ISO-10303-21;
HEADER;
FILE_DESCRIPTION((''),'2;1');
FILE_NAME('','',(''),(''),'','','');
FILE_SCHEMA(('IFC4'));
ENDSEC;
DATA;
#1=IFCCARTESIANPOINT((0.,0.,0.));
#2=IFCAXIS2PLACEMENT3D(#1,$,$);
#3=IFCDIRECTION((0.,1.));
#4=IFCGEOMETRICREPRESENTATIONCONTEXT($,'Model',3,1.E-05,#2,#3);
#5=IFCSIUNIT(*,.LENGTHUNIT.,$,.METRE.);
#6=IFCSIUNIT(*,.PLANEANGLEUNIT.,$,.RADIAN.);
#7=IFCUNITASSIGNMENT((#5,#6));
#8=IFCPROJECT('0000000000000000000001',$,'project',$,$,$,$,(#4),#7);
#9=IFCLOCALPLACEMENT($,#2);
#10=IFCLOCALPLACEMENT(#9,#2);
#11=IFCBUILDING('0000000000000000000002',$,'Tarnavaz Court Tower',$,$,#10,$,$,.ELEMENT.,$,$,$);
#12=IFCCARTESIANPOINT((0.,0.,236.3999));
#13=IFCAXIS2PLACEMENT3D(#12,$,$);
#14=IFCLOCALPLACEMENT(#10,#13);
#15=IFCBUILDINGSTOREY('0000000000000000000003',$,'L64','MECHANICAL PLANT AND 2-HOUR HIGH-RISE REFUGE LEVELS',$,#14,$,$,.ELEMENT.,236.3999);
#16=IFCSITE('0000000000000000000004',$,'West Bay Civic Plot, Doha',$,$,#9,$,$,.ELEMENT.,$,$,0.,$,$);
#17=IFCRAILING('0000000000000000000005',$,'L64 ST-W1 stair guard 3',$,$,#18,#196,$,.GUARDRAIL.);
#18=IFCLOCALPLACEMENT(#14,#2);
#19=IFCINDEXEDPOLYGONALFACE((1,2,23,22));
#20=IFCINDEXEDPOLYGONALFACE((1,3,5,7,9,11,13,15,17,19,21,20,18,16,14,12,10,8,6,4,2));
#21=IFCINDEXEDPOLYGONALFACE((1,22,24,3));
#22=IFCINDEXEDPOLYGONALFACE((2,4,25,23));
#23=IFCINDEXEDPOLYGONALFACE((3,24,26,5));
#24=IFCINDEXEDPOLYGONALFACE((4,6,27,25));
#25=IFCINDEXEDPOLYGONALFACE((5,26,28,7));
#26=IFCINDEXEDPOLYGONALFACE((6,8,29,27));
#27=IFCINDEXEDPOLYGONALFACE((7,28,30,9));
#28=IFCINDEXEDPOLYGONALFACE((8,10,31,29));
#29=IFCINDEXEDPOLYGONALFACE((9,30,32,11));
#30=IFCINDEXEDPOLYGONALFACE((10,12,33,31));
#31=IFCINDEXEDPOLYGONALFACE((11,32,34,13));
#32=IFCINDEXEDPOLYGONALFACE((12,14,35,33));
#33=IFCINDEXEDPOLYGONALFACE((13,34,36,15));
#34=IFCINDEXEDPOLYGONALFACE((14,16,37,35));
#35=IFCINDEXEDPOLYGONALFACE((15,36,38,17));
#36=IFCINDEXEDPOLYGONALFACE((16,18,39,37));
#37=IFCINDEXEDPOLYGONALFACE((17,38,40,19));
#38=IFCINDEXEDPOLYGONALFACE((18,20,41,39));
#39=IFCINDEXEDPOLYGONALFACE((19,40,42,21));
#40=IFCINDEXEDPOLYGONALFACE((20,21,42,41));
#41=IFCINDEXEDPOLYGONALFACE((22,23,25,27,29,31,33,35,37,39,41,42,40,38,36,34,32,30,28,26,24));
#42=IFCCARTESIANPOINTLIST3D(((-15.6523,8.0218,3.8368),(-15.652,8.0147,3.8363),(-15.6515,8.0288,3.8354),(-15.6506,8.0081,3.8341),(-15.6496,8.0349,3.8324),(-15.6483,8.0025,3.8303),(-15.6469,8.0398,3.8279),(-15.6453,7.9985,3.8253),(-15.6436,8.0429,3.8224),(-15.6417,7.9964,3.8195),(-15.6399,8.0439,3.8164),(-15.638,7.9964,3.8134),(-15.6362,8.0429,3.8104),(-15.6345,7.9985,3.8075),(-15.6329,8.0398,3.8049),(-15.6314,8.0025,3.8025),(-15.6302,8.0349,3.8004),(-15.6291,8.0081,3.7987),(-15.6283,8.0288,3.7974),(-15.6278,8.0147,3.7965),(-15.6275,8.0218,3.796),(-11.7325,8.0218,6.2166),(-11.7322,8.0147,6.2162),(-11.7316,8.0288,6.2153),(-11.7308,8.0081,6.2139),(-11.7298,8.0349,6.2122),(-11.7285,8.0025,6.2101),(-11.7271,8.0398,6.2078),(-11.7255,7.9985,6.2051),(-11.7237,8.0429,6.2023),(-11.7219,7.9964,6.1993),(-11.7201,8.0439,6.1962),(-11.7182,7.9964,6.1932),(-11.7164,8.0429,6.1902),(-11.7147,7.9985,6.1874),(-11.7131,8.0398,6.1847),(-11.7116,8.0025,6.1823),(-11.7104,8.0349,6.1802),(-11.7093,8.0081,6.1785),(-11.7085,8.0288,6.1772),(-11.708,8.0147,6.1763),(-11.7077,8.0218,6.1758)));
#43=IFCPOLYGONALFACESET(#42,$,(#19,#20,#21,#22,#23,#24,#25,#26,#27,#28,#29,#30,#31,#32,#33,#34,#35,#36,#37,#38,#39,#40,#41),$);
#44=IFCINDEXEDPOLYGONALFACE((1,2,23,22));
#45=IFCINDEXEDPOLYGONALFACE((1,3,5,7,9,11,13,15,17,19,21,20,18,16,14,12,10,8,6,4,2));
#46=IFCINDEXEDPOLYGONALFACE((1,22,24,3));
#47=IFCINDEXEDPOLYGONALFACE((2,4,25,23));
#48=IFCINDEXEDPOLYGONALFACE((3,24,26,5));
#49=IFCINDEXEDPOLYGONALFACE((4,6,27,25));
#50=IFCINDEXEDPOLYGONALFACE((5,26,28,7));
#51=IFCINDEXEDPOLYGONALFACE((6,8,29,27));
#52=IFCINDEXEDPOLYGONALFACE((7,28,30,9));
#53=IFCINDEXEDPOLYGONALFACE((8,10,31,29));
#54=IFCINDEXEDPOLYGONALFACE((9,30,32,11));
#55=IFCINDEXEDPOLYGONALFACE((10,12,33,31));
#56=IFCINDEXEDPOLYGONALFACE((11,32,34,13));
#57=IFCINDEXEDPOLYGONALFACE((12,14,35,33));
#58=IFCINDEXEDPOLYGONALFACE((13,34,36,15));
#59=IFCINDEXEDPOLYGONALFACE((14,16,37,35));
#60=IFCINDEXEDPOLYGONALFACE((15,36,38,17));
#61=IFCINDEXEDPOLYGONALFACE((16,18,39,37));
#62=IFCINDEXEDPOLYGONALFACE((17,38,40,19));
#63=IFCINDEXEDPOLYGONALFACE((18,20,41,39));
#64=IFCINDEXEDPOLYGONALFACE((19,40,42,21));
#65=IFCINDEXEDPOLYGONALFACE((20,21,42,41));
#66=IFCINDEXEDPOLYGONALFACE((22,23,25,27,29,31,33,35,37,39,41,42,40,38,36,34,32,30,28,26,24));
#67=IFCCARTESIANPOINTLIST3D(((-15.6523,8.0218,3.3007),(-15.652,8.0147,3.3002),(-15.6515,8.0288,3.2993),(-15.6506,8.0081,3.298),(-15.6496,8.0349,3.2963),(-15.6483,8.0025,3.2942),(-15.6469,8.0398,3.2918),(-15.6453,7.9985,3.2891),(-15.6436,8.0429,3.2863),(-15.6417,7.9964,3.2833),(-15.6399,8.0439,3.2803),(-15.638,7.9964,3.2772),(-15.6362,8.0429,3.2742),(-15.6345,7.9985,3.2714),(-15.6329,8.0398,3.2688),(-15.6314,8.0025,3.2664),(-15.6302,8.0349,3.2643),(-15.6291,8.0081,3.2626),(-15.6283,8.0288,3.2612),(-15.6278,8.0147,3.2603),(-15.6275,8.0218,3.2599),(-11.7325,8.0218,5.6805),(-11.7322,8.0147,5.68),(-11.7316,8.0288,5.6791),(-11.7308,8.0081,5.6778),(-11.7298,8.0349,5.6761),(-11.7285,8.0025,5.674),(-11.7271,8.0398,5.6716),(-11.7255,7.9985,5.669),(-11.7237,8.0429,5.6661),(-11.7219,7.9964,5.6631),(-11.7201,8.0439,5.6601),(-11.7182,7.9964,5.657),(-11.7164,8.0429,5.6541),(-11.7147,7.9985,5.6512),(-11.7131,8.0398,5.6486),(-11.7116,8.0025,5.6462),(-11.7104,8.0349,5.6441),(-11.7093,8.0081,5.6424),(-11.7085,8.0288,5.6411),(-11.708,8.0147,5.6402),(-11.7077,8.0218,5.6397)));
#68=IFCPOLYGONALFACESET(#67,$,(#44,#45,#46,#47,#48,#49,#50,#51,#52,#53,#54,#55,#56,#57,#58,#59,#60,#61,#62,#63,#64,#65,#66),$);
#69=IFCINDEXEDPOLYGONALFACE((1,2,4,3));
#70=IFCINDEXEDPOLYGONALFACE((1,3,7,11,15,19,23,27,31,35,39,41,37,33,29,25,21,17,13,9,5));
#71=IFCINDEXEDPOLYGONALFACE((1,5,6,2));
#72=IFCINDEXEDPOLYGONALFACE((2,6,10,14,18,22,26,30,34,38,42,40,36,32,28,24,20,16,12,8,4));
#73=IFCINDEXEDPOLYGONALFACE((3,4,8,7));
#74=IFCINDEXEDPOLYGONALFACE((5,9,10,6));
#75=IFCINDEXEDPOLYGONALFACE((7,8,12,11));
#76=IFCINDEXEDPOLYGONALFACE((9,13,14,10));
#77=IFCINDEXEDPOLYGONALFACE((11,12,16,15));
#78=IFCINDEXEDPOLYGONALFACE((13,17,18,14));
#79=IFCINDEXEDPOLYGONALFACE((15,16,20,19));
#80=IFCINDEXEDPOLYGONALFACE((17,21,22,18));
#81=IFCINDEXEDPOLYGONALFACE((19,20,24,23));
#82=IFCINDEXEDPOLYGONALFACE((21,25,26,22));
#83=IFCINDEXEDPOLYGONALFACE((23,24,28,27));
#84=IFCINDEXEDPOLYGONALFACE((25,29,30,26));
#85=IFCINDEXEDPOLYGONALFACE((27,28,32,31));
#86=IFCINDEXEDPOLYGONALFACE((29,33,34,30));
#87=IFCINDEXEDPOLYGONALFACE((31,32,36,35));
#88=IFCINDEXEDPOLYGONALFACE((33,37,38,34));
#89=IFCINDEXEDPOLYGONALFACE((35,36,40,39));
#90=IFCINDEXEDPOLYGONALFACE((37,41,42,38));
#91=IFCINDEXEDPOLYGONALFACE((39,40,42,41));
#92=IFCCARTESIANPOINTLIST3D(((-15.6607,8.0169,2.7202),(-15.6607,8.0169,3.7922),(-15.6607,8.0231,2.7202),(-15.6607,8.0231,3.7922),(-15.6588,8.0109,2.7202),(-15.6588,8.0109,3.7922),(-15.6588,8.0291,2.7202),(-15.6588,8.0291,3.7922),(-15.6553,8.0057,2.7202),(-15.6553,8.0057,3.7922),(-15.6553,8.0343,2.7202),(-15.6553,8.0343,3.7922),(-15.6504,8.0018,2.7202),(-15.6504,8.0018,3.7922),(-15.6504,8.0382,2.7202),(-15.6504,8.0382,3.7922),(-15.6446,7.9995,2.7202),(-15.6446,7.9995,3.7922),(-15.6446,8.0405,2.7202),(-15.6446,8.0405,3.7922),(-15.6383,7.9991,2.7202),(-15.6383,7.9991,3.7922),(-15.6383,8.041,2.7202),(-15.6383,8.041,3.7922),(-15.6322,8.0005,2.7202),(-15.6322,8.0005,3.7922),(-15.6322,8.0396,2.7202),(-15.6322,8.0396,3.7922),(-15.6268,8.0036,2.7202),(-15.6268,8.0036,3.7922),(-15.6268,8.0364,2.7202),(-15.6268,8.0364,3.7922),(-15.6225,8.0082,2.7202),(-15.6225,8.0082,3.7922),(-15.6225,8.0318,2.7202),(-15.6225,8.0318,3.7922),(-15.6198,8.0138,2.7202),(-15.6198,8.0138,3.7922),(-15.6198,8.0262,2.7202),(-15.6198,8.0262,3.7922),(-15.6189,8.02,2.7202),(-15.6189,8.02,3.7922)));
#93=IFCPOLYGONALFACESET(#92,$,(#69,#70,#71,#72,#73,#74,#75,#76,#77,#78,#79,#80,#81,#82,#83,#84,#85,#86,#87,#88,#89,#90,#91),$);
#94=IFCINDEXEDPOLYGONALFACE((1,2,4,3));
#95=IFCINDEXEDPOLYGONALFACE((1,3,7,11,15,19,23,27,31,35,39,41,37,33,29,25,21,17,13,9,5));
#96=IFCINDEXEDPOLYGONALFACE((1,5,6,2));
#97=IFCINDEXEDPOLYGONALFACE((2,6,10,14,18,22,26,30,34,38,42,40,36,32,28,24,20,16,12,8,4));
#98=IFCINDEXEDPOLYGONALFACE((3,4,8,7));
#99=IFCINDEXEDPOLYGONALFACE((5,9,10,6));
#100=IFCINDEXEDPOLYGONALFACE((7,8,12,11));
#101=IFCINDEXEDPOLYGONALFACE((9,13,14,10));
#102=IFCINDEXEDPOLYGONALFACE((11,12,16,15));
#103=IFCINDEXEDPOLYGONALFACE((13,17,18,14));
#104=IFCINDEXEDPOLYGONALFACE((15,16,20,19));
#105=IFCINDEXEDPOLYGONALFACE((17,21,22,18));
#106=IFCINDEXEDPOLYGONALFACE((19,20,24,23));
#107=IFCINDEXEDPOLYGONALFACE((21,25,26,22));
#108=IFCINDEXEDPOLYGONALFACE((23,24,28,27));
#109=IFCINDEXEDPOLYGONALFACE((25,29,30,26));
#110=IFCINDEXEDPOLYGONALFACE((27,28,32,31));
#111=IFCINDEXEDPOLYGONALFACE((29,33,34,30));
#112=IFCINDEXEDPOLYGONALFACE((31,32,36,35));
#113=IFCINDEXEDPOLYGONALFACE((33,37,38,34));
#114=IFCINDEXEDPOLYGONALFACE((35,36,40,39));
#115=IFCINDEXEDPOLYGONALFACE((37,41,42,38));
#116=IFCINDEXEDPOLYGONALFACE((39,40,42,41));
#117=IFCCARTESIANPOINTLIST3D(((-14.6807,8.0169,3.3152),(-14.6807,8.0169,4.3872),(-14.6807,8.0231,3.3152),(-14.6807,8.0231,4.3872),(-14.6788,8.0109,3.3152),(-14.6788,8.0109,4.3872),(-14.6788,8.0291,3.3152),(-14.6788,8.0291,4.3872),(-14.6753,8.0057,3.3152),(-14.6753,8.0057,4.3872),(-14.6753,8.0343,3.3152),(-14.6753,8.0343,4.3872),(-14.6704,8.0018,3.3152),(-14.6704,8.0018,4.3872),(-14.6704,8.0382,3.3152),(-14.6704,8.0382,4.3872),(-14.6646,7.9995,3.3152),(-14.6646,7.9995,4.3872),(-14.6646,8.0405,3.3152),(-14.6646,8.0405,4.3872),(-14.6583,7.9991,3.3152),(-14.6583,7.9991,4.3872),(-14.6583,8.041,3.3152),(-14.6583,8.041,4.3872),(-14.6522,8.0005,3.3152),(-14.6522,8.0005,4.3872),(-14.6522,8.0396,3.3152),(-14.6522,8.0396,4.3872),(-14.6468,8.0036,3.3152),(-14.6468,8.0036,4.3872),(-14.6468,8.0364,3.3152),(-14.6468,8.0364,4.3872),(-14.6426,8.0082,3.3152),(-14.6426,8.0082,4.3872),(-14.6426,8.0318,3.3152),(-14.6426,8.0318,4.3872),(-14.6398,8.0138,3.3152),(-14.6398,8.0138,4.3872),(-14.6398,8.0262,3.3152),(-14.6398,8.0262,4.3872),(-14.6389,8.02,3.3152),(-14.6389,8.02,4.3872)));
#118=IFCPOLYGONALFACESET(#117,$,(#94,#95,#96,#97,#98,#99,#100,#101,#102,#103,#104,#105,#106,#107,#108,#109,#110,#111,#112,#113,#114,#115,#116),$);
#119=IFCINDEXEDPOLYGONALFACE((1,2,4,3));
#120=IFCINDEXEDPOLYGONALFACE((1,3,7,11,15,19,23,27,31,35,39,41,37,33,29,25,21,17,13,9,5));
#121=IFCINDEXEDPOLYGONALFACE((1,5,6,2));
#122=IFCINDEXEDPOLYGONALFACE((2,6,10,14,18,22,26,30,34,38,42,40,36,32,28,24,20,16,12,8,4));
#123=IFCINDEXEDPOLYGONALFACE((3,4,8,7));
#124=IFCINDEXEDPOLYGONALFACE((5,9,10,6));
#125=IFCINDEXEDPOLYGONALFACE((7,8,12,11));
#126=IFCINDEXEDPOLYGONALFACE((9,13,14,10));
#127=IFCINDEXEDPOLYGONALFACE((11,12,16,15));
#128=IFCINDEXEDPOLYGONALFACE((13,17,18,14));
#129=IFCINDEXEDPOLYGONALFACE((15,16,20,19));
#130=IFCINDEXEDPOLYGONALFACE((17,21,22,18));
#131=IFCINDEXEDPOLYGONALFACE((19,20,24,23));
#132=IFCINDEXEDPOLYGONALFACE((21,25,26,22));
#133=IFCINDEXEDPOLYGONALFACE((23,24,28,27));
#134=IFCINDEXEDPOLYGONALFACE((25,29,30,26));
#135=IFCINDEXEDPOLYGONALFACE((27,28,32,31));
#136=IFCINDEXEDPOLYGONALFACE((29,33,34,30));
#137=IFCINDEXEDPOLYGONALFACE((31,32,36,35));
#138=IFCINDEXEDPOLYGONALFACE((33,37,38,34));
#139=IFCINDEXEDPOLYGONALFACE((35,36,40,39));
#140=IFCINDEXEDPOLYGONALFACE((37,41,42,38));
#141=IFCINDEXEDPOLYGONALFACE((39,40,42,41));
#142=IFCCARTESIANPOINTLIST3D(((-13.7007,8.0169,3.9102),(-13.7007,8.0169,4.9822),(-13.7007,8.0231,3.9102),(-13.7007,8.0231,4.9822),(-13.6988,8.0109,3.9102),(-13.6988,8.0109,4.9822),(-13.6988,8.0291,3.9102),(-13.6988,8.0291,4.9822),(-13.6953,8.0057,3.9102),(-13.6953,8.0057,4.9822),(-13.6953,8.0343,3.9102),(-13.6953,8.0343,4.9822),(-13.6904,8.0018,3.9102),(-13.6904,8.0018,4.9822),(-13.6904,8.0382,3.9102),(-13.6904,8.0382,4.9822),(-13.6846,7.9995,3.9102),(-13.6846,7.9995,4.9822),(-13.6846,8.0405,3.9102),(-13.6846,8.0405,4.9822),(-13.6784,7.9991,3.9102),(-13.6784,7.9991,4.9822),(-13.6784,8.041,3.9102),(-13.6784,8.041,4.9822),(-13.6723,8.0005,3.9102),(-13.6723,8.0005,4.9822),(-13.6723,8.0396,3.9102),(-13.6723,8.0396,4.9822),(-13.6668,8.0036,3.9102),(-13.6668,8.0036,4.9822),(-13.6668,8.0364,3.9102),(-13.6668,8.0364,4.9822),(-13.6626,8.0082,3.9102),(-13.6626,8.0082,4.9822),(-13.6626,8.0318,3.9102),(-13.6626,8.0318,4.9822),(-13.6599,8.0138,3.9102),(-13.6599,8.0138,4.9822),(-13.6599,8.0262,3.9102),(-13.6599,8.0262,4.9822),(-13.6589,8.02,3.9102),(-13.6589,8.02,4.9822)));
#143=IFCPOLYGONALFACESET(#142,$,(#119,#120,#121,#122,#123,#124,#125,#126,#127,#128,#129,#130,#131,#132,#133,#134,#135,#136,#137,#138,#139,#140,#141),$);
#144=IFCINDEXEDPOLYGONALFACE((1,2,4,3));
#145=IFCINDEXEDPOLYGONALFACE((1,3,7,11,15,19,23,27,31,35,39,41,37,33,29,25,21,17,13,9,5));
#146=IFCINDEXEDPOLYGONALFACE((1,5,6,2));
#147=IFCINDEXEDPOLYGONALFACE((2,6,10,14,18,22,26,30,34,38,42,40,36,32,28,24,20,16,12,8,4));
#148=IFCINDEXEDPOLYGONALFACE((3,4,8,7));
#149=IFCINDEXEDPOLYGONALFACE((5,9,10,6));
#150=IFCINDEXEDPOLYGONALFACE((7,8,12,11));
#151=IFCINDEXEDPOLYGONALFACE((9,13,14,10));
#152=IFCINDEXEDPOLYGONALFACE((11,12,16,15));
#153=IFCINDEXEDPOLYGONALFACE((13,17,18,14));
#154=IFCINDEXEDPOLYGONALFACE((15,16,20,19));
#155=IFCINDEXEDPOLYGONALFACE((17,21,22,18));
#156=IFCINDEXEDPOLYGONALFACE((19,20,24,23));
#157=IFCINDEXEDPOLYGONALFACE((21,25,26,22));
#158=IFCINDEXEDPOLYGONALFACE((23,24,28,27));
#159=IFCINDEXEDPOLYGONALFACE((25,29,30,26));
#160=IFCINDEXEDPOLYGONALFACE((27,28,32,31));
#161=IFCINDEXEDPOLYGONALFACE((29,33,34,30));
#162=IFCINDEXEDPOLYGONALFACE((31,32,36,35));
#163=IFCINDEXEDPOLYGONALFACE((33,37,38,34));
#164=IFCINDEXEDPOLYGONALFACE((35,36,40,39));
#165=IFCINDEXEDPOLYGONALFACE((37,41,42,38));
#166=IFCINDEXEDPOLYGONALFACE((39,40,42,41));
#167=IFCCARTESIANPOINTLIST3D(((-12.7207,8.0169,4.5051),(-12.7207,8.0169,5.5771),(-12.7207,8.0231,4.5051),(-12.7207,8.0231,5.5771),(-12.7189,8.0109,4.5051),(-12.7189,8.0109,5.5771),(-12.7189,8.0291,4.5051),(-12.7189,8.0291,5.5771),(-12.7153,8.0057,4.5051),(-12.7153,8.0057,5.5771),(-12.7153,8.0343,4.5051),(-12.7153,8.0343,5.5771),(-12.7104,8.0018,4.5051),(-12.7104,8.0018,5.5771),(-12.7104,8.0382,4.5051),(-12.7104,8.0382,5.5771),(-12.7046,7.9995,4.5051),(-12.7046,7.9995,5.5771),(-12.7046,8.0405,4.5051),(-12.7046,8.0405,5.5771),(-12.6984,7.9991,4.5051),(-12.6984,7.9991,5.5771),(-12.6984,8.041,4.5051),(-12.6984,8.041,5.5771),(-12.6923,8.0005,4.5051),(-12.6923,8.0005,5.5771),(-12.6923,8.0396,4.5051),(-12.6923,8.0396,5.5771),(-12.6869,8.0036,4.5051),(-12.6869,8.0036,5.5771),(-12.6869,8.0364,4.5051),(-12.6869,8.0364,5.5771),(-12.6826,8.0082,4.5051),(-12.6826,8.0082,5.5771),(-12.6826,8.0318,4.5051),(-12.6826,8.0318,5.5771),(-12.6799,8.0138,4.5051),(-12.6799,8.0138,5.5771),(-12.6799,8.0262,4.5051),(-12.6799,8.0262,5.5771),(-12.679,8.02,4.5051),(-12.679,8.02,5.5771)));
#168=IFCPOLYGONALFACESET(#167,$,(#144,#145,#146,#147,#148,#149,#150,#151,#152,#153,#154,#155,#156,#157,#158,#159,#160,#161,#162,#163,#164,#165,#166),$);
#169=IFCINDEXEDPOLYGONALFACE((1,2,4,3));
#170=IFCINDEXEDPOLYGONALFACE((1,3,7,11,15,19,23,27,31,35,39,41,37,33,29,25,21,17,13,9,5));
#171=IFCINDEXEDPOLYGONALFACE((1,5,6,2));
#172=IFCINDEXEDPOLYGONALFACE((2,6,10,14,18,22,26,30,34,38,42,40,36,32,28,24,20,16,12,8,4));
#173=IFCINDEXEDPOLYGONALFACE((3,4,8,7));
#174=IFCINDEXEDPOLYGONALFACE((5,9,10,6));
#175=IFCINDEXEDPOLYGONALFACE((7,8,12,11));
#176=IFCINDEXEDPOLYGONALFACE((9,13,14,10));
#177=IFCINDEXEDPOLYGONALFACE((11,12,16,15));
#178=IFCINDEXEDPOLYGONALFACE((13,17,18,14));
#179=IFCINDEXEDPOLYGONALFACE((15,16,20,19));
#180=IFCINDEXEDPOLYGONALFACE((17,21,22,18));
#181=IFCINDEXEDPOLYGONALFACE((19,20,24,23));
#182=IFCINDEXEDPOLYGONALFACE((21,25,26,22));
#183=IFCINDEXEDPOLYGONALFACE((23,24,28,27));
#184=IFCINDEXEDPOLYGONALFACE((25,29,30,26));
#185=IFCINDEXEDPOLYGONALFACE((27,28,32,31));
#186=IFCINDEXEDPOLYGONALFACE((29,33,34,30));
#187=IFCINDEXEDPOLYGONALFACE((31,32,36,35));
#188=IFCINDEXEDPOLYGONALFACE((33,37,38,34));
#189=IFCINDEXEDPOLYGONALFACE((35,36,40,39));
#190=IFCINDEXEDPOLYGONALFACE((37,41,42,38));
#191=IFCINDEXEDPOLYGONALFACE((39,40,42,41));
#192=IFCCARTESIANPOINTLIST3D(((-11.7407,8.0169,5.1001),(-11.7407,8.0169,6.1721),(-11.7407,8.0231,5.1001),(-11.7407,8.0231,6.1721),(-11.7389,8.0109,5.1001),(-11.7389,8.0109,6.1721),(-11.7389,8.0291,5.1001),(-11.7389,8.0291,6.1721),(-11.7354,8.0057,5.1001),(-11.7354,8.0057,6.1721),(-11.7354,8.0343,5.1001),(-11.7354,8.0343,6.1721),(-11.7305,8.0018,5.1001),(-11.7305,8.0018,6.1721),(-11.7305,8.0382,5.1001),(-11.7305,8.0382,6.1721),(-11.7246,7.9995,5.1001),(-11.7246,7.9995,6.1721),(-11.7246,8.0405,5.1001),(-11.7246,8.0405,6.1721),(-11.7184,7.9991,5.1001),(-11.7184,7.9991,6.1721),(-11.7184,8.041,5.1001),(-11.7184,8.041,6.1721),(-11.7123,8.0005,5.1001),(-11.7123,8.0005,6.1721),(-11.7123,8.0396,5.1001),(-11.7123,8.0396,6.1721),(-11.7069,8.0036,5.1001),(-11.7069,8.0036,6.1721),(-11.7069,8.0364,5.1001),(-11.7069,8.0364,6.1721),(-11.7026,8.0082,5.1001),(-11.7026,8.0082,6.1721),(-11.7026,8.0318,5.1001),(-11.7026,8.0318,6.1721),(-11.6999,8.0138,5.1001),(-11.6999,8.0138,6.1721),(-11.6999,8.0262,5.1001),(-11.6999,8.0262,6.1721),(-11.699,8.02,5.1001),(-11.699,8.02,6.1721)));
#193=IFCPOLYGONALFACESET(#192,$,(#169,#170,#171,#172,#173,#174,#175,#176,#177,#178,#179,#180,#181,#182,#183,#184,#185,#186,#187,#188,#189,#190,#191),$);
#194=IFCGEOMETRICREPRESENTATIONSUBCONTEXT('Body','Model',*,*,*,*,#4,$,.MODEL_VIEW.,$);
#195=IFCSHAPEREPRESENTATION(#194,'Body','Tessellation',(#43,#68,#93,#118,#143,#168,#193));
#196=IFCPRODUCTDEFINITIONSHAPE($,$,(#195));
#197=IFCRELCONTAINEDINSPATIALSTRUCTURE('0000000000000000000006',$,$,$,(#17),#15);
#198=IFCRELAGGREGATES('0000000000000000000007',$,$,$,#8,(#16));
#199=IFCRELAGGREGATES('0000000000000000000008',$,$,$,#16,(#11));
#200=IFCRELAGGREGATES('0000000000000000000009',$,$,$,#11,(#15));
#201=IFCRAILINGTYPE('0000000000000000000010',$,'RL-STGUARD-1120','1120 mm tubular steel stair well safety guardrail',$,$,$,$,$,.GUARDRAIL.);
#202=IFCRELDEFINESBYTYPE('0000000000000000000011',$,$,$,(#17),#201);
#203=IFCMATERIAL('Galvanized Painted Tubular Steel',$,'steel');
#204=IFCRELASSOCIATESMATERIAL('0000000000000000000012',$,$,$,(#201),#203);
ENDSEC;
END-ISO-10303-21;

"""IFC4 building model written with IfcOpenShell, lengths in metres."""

from ifc_helpers import new_model, si_unit, direction, frame, origin, origin_2d, place, context, subcontext, project, spatial, circle, extrude, material, type_object, element, save


model = new_model("IFC4")

# Units and contexts
model_context = context("Model", 3, precision=1e-05, world=origin(), true_north=direction((0.0, 1.0)))
body_context = subcontext(model_context, "Body", "Model", "MODEL_VIEW")
ifc_project = project(units=[si_unit("LENGTHUNIT", "METRE"), si_unit("PLANEANGLEUNIT", "RADIAN")], contexts=[model_context])

# Site, building, storey
site_placement = place(None, origin())
site = spatial("IfcSite", under=ifc_project, at=site_placement, Name="West Bay Civic Plot, Doha", CompositionType="ELEMENT", RefElevation=0.0)
building_placement = place(site_placement, origin())
building = spatial("IfcBuilding", under=site, at=building_placement, Name="Tarnavaz Court Tower", CompositionType="ELEMENT")
storey_placement = place(building_placement, frame((0.0, 0.0, 236.3999)))
storey = spatial("IfcBuildingStorey", under=building, at=storey_placement, Name="L64", Description="MECHANICAL PLANT AND 2-HOUR HIGH-RISE REFUGE LEVELS", CompositionType="ELEMENT", Elevation=236.3999)

# Railing
ifc_material_1 = material(Name="Galvanized Painted Tubular Steel", Category="steel")
railing_type_1 = type_object("IfcRailingType", Name="RL-STGUARD-1120", Description="1120 mm tubular steel stair well safety guardrail", PredefinedType="GUARDRAIL", material=ifc_material_1)
railing_1_placement = place(storey_placement, frame((-15.6399, 8.02, 2.7202)))
element("IfcRailing", 1, at=railing_1_placement, inside=storey, type_object=railing_type_1, Name="L64 ST-W1 stair guard 3", PredefinedType="GUARDRAIL", context=body_context, shape_type="SweptSolid", body=[
    extrude(circle(Radius=0.0239, at=origin_2d()), frame((0.0, 0.0, 1.0962), z_axis=(0.854794, 0.0, 0.518967), x_axis=(0.0, 1.0, 0.0)), (0.0, 0.0, 1.0), 4.5857),
    extrude(circle(Radius=0.0239, at=origin_2d()), frame((0.0, 0.0, 0.5601), z_axis=(0.854794, 0.0, 0.518967), x_axis=(0.0, 1.0, 0.0)), (0.0, 0.0, 1.0), 4.5857),
    extrude(circle(Radius=0.021, at=origin_2d()), origin(), (0.0, 0.0, 1.0), 1.072),
    extrude(circle(Radius=0.021, at=origin_2d()), frame((0.98, 0.0, 0.595)), (0.0, 0.0, 1.0), 1.072),
    extrude(circle(Radius=0.021, at=origin_2d()), frame((1.96, 0.0, 1.1899)), (0.0, 0.0, 1.0), 1.072),
    extrude(circle(Radius=0.021, at=origin_2d()), frame((2.9399, 0.0, 1.7849)), (0.0, 0.0, 1.0), 1.072),
    extrude(circle(Radius=0.021, at=origin_2d()), frame((3.9199, 0.0, 2.3799)), (0.0, 0.0, 1.0), 1.072),
])

save(model, "model.ifc")
